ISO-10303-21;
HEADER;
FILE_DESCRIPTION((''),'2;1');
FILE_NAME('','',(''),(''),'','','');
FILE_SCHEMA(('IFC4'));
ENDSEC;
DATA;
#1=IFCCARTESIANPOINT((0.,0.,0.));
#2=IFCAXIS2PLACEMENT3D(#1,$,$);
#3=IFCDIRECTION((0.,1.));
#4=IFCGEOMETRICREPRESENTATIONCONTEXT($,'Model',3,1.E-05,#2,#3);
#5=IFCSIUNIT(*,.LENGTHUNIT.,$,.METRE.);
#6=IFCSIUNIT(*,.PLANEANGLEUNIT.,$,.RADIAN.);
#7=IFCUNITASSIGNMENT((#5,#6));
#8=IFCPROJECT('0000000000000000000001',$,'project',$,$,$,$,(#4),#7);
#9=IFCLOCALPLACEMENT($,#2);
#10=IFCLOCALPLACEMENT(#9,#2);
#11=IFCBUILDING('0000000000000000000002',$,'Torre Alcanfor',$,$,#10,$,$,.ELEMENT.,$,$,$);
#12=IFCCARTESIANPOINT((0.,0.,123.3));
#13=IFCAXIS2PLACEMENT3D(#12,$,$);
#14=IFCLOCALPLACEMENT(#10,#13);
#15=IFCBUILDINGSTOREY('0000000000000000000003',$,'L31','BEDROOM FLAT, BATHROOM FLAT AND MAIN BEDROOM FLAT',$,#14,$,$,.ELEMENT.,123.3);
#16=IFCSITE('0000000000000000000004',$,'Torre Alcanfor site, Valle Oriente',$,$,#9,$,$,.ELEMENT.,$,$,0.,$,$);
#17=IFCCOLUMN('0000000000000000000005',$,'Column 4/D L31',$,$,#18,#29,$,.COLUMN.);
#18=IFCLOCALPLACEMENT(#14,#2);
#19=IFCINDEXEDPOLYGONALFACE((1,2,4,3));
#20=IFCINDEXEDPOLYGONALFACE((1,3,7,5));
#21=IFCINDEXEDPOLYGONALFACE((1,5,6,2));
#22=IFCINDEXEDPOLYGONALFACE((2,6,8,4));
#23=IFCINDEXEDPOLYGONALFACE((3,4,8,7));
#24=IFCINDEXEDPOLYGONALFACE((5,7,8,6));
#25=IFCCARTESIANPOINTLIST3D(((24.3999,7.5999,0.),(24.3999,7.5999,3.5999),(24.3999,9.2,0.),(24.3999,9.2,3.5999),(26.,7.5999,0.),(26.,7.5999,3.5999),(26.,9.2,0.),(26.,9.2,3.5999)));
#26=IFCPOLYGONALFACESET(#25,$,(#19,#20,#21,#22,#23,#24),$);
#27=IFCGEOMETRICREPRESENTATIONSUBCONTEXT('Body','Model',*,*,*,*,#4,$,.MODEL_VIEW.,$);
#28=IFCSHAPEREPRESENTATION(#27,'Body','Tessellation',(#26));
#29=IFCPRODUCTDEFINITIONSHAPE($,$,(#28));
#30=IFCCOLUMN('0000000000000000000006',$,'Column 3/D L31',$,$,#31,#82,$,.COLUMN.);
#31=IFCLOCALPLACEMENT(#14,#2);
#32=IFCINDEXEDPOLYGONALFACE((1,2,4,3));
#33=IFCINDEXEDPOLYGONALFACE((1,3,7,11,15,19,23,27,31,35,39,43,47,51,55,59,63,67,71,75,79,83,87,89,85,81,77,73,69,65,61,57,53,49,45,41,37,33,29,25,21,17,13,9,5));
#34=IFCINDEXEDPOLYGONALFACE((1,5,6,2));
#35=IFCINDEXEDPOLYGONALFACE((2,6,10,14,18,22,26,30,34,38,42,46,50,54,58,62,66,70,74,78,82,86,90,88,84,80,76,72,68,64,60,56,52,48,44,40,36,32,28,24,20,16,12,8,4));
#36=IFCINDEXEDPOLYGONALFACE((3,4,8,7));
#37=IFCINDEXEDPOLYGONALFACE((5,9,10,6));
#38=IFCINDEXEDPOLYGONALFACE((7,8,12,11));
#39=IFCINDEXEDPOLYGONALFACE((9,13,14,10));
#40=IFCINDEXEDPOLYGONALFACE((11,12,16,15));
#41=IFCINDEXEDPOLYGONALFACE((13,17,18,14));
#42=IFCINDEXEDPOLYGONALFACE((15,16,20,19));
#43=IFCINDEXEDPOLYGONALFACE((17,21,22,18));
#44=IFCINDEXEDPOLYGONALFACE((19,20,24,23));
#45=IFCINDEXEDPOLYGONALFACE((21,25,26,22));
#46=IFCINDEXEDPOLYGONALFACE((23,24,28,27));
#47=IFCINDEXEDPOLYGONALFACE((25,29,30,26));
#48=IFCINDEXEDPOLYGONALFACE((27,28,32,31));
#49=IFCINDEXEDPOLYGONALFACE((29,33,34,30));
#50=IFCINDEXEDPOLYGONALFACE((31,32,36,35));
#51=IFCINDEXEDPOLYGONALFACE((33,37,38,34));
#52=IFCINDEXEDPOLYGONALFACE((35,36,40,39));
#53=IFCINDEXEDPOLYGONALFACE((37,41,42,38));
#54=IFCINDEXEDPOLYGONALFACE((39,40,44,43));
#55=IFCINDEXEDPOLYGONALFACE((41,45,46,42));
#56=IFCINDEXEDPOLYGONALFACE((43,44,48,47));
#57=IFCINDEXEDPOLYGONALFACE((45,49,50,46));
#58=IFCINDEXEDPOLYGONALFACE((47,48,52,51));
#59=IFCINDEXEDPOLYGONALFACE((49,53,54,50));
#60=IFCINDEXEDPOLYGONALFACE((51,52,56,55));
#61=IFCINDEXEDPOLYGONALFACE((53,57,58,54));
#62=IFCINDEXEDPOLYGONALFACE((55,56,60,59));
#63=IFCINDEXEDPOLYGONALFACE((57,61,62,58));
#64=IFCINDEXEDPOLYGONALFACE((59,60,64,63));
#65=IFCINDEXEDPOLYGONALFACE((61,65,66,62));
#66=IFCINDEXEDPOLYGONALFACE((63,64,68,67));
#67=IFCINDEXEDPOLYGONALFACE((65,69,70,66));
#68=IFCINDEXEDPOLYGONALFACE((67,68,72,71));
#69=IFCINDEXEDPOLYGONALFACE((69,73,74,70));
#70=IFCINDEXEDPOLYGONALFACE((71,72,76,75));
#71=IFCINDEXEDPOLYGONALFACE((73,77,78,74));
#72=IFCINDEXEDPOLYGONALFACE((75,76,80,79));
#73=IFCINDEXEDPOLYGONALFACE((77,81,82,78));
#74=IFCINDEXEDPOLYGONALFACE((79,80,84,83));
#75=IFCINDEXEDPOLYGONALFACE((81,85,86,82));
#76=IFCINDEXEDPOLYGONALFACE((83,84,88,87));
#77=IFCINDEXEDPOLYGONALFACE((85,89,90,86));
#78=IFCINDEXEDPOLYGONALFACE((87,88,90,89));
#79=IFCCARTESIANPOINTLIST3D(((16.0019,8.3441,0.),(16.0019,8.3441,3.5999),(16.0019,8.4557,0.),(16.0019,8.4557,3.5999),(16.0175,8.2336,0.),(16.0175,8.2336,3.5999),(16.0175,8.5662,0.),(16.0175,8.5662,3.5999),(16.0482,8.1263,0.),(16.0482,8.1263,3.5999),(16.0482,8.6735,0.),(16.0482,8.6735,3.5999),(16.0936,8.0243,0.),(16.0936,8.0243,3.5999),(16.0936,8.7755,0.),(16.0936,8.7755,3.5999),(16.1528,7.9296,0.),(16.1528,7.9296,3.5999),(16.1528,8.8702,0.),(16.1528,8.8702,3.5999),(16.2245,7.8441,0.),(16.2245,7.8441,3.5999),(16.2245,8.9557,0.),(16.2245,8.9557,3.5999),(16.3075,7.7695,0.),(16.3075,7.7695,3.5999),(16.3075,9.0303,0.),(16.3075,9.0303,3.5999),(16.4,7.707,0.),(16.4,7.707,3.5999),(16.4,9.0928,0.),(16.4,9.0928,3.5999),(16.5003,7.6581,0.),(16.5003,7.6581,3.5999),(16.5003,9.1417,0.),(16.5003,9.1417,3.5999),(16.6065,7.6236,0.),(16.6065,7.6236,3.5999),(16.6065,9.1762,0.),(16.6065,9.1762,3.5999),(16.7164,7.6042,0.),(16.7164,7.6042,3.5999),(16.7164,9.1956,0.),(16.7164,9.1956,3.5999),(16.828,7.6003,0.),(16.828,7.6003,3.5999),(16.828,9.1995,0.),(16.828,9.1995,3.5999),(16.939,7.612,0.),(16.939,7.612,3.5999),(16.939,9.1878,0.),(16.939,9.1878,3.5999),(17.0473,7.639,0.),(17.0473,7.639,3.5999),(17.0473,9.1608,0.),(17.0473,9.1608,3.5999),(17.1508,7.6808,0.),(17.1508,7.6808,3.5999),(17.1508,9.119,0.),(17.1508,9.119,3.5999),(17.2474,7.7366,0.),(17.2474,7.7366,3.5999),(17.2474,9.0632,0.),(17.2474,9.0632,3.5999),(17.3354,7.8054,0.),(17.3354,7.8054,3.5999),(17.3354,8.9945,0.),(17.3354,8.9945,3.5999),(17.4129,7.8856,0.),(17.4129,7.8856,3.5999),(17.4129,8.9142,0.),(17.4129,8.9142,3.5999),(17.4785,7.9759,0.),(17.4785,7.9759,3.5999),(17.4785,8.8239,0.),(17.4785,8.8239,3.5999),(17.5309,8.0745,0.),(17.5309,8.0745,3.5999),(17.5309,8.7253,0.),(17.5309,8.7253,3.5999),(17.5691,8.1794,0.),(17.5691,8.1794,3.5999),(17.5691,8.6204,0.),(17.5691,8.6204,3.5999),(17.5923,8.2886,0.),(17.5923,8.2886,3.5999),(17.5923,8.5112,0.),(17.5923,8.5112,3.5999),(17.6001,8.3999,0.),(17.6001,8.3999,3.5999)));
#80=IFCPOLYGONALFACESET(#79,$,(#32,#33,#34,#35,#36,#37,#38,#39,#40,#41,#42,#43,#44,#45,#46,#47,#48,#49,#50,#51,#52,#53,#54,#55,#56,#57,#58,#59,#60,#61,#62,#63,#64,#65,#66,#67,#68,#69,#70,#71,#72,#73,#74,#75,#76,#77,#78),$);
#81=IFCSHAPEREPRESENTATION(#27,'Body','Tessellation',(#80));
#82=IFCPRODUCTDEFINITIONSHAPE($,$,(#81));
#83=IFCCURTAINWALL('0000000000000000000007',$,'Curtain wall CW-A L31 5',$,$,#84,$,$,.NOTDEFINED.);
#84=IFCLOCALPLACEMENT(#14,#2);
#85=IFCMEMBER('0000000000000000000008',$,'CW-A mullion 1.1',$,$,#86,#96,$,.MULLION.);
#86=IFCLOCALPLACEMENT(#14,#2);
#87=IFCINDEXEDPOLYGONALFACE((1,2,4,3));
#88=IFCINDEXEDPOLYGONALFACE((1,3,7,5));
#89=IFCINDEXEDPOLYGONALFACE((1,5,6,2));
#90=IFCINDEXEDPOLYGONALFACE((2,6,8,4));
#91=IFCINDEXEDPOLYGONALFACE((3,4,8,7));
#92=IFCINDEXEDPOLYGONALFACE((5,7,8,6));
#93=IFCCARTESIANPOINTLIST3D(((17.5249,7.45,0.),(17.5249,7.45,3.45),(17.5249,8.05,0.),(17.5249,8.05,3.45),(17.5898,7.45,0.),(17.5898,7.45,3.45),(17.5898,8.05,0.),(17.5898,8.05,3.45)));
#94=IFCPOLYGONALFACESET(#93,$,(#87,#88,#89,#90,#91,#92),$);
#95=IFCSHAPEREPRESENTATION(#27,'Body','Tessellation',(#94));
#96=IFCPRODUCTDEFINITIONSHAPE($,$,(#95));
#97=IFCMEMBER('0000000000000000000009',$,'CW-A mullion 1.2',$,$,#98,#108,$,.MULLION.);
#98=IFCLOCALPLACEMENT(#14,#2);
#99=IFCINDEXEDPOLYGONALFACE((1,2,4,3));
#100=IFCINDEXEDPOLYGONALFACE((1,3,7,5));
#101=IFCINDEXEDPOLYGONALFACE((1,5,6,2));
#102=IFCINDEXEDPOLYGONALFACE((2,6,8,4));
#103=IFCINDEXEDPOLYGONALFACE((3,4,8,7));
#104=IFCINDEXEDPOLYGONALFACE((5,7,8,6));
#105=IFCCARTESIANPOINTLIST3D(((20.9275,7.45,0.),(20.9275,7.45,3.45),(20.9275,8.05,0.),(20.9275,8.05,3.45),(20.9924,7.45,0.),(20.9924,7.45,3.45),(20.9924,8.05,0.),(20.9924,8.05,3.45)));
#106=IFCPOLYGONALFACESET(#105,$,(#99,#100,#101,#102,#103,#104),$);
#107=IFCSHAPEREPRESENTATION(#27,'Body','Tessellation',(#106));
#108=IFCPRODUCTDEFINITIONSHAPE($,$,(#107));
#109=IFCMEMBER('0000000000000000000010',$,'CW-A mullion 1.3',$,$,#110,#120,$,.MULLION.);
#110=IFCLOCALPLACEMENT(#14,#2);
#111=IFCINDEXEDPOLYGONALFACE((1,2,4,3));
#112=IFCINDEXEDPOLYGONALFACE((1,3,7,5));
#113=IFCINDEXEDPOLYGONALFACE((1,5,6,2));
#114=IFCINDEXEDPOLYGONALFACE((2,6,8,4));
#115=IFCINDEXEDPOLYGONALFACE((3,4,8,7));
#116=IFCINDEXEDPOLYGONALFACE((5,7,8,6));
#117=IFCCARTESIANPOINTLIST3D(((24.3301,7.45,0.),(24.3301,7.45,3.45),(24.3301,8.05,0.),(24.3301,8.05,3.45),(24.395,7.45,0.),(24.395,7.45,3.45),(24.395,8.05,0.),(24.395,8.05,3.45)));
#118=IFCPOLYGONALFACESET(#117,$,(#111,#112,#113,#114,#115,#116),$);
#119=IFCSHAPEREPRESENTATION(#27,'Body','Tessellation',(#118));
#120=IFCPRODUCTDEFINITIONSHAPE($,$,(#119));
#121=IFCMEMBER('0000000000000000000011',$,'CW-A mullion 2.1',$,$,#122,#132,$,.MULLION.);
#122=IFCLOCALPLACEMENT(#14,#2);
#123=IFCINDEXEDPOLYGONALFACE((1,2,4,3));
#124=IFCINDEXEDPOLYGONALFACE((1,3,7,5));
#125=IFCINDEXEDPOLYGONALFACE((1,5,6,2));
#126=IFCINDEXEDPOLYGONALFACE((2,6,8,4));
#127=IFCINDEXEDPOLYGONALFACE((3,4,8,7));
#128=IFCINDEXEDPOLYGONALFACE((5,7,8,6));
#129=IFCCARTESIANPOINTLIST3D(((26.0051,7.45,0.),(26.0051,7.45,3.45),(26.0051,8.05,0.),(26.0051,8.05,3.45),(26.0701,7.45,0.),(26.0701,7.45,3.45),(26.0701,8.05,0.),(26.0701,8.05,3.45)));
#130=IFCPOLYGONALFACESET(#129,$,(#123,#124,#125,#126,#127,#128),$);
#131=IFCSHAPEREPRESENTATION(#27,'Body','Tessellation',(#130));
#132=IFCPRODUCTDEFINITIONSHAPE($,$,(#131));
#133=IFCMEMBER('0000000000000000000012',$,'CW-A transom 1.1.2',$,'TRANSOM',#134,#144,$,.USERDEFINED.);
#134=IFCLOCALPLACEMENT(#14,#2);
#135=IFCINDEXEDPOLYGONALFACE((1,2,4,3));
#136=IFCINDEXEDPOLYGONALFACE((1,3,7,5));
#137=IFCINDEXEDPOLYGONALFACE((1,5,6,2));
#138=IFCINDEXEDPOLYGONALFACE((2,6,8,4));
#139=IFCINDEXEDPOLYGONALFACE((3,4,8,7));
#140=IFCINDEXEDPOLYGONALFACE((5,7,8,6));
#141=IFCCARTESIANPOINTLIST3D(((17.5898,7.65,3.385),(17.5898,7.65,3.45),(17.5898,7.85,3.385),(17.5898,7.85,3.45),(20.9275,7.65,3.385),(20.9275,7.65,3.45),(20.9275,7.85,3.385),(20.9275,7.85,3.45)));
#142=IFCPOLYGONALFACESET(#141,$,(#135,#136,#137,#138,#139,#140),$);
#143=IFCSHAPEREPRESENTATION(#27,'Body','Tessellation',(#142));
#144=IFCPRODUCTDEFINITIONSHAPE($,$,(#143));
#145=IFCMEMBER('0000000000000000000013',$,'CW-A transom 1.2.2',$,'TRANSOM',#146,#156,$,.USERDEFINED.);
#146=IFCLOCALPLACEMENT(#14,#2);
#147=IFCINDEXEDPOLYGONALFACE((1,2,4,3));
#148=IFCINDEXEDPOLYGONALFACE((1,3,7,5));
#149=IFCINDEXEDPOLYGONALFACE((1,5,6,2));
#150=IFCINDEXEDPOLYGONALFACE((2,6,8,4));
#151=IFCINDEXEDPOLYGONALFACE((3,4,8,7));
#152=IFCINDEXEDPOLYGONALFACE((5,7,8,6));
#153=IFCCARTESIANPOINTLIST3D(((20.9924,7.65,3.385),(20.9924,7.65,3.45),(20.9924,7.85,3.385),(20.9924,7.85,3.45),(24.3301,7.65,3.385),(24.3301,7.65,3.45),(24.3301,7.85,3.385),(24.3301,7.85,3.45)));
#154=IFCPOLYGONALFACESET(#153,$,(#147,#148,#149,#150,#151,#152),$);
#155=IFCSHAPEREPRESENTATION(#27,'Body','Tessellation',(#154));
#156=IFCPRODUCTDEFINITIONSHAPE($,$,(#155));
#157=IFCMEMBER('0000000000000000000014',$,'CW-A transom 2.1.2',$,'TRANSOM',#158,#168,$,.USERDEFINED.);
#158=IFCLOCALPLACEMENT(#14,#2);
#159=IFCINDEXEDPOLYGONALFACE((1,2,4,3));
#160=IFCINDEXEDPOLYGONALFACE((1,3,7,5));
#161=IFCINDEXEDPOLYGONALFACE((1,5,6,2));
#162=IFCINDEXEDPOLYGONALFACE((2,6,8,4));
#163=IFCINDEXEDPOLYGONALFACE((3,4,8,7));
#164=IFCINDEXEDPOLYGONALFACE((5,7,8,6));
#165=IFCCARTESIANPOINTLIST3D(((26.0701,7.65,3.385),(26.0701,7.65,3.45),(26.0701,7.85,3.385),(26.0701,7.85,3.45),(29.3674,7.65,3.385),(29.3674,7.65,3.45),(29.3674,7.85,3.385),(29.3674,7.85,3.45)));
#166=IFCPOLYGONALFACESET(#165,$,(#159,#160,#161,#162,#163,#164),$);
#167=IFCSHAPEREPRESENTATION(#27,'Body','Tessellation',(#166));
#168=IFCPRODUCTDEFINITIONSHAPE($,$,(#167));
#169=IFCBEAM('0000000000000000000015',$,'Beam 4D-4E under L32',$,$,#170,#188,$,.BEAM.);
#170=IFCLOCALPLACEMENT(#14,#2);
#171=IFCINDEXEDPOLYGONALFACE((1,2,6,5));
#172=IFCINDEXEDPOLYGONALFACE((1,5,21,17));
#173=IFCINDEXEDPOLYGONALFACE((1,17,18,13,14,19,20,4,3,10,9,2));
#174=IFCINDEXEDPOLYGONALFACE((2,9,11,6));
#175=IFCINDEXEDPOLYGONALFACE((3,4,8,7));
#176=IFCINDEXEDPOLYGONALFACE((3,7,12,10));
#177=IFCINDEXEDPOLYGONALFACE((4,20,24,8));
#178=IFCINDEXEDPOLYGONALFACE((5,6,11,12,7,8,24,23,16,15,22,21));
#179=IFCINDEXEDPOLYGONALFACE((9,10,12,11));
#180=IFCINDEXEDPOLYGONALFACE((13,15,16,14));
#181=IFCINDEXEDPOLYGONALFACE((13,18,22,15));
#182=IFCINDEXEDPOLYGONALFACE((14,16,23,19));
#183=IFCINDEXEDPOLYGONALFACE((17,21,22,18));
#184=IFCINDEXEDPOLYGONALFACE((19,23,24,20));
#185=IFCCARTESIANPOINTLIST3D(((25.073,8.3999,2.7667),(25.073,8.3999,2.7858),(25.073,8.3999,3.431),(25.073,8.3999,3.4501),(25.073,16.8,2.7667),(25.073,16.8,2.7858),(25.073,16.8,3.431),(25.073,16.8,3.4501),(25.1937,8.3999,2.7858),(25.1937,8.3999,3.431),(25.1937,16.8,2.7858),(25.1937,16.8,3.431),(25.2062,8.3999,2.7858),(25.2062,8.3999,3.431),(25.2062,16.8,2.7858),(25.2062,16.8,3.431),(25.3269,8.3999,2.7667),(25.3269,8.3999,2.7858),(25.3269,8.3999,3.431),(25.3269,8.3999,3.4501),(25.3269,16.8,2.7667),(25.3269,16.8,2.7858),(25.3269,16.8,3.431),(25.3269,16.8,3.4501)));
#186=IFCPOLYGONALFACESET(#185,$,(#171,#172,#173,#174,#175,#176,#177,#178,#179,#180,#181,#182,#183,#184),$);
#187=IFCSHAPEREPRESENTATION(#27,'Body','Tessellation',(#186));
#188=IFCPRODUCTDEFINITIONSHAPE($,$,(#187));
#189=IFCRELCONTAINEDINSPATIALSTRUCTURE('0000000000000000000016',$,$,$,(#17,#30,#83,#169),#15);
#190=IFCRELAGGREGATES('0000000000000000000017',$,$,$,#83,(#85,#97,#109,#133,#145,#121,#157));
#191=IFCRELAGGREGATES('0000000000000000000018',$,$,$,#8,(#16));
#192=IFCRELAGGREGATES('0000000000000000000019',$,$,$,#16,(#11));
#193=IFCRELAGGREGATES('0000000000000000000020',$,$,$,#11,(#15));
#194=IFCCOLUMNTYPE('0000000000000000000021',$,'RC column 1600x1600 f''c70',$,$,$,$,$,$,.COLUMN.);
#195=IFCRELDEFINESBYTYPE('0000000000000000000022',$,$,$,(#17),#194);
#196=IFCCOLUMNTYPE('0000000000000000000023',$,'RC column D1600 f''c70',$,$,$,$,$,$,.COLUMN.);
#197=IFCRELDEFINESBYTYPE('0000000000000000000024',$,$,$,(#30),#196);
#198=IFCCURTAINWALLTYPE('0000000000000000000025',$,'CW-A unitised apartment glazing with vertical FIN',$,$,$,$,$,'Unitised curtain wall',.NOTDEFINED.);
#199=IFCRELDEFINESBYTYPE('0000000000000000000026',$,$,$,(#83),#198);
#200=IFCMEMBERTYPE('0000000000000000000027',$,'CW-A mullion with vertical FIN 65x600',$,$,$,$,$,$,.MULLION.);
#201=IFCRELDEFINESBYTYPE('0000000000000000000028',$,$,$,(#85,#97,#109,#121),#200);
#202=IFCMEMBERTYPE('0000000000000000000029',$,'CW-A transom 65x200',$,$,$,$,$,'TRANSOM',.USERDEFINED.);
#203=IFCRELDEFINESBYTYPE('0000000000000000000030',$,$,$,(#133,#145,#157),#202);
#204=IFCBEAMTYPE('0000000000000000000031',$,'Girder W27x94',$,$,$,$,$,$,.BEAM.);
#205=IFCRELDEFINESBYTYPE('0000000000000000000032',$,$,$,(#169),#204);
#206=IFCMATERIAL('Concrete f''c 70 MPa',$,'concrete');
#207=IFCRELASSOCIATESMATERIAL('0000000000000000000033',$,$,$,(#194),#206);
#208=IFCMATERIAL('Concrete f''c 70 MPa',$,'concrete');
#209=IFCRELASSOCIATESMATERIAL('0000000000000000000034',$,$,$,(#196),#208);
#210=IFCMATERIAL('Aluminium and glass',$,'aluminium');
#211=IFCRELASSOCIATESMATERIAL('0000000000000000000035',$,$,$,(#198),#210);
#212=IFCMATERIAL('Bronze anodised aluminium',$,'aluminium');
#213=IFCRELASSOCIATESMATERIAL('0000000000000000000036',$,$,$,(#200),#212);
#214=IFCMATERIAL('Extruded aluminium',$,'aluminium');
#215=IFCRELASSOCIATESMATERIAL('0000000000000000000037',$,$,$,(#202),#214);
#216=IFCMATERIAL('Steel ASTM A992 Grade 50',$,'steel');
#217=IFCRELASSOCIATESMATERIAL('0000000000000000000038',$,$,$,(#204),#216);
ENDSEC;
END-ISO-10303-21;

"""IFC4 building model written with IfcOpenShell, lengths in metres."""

from ifc_helpers import new_model, si_unit, direction, frame, origin, origin_2d, place, context, subcontext, project, spatial, rectangle, circle, i_section, extrude, material, material_profile, profile_set, type_object, element, aggregate, save


model = new_model("IFC4")

# Units and contexts
model_context = context("Model", 3, precision=1e-05, world=origin(), true_north=direction((0.0, 1.0)))
body_context = subcontext(model_context, "Body", "Model", "MODEL_VIEW")
ifc_project = project(units=[si_unit("LENGTHUNIT", "METRE"), si_unit("PLANEANGLEUNIT", "RADIAN")], contexts=[model_context])

# Site, building, storey
site_placement = place(None, origin())
site = spatial("IfcSite", under=ifc_project, at=site_placement, Name="Torre Alcanfor site, Valle Oriente", CompositionType="ELEMENT", RefElevation=0.0)
building_placement = place(site_placement, origin())
building = spatial("IfcBuilding", under=site, at=building_placement, Name="Torre Alcanfor", CompositionType="ELEMENT")
storey_placement = place(building_placement, frame((0.0, 0.0, 123.3)))
storey = spatial("IfcBuildingStorey", under=building, at=storey_placement, Name="L31", Description="BEDROOM FLAT, BATHROOM FLAT AND MAIN BEDROOM FLAT", CompositionType="ELEMENT", Elevation=123.3)

# Columns
ifc_material_1 = material(Name="Concrete f'c 70 MPa", Category="concrete")
ifc_material_profile_1 = material_profile(ifc_material_1, rectangle(XDim=1.6001, YDim=1.6001, at=origin_2d()), Name="1600x1600")
ifc_profile_set_1 = profile_set([ifc_material_profile_1], Name="Concrete f'c 70 MPa")
column_type_1 = type_object("IfcColumnType", Name="RC column 1600x1600 f'c70", PredefinedType="COLUMN", material=ifc_profile_set_1)
column_1_placement = place(storey_placement, frame((25.2, 8.3999, 0.0), z_axis=(0.0, 0.0, 1.0), x_axis=(1.0, 0.0, 0.0)))
element("IfcColumn", 1, at=column_1_placement, inside=storey, type_object=column_type_1, Name="Column 4/D L31", PredefinedType="COLUMN", context=body_context, shape_type="SweptSolid", body=[
    extrude(rectangle(XDim=1.6001, YDim=1.6001, at=origin_2d()), origin(), (0.0, 0.0, 1.0), 3.5999),
])
ifc_material_2 = material(Name="Concrete f'c 70 MPa", Category="concrete")
ifc_material_profile_2 = material_profile(ifc_material_2, circle(Radius=0.8, at=origin_2d()), Name="D1600")
ifc_profile_set_2 = profile_set([ifc_material_profile_2], Name="Concrete f'c 70 MPa")
column_type_2 = type_object("IfcColumnType", Name="RC column D1600 f'c70", PredefinedType="COLUMN", material=ifc_profile_set_2)
column_2_placement = place(storey_placement, frame((16.8, 8.3999, 0.0), z_axis=(0.0, 0.0, 1.0), x_axis=(1.0, 0.0, 0.0)))
element("IfcColumn", 2, at=column_2_placement, inside=storey, type_object=column_type_2, Name="Column 3/D L31", PredefinedType="COLUMN", context=body_context, shape_type="SweptSolid", body=[
    extrude(circle(Radius=0.8, at=origin_2d()), origin(), (0.0, 0.0, 1.0), 3.5999),
])

# Curtain wall, members
ifc_material_3 = material(Name="Aluminium and glass", Category="aluminium")
curtain_wall_type = type_object("IfcCurtainWallType", Name="CW-A unitised apartment glazing with vertical FIN", ElementType="Unitised curtain wall", PredefinedType="NOTDEFINED", material=ifc_material_3)
curtain_wall_placement = place(storey_placement, origin())
curtain_wall = element("IfcCurtainWall", 3, at=curtain_wall_placement, inside=storey, type_object=curtain_wall_type, Name="Curtain wall CW-A L31 5", PredefinedType="NOTDEFINED")
ifc_material_4 = material(Name="Bronze anodised aluminium", Category="aluminium")
ifc_material_profile_3 = material_profile(ifc_material_4, rectangle(XDim=0.6001, YDim=0.0649, at=origin_2d()), Name="CW-A mullion 65x600")
ifc_profile_set_3 = profile_set([ifc_material_profile_3], Name="Bronze anodised aluminium")
member_type_1 = type_object("IfcMemberType", Name="CW-A mullion with vertical FIN 65x600", PredefinedType="MULLION", material=ifc_profile_set_3)
member_1_placement = place(storey_placement, frame((17.5574, 7.75, 0.0), z_axis=(0.0, 0.0, 1.0), x_axis=(0.0, 1.0, 0.0)))
member_1 = element("IfcMember", 4, at=member_1_placement, type_object=member_type_1, Name="CW-A mullion 1.1", PredefinedType="MULLION", context=body_context, shape_type="SweptSolid", body=[
    extrude(rectangle(XDim=0.6001, YDim=0.0649, at=origin_2d()), origin(), (0.0, 0.0, 1.0), 3.45),
])
member_2_placement = place(storey_placement, frame((20.96, 7.75, 0.0), z_axis=(0.0, 0.0, 1.0), x_axis=(0.0, 1.0, 0.0)))
member_2 = element("IfcMember", 5, at=member_2_placement, type_object=member_type_1, Name="CW-A mullion 1.2", PredefinedType="MULLION", context=body_context, shape_type="SweptSolid", body=[
    extrude(rectangle(XDim=0.6001, YDim=0.0649, at=origin_2d()), origin(), (0.0, 0.0, 1.0), 3.45),
])
member_3_placement = place(storey_placement, frame((24.3625, 7.75, 0.0), z_axis=(0.0, 0.0, 1.0), x_axis=(0.0, 1.0, 0.0)))
member_3 = element("IfcMember", 6, at=member_3_placement, type_object=member_type_1, Name="CW-A mullion 1.3", PredefinedType="MULLION", context=body_context, shape_type="SweptSolid", body=[
    extrude(rectangle(XDim=0.6001, YDim=0.0649, at=origin_2d()), origin(), (0.0, 0.0, 1.0), 3.45),
])
member_4_placement = place(storey_placement, frame((26.0376, 7.75, 0.0), z_axis=(0.0, 0.0, 1.0), x_axis=(0.0, 1.0, 0.0)))
member_4 = element("IfcMember", 7, at=member_4_placement, type_object=member_type_1, Name="CW-A mullion 2.1", PredefinedType="MULLION", context=body_context, shape_type="SweptSolid", body=[
    extrude(rectangle(XDim=0.6001, YDim=0.0649, at=origin_2d()), origin(), (0.0, 0.0, 1.0), 3.45),
])
ifc_material_5 = material(Name="Extruded aluminium", Category="aluminium")
ifc_material_profile_4 = material_profile(ifc_material_5, rectangle(XDim=0.2, YDim=0.0649, at=origin_2d()), Name="CW-A transom 200x65")
ifc_profile_set_4 = profile_set([ifc_material_profile_4], Name="Extruded aluminium")
member_type_2 = type_object("IfcMemberType", Name="CW-A transom 65x200", ElementType="TRANSOM", PredefinedType="USERDEFINED", material=ifc_profile_set_4)
member_5_placement = place(storey_placement, frame((17.5898, 7.75, 3.4175), z_axis=(1.0, 0.0, 0.0), x_axis=(0.0, 1.0, 0.0)))
member_5 = element("IfcMember", 8, at=member_5_placement, type_object=member_type_2, Name="CW-A transom 1.1.2", ObjectType="TRANSOM", PredefinedType="USERDEFINED", context=body_context, shape_type="SweptSolid", body=[
    extrude(rectangle(XDim=0.2, YDim=0.0649, at=origin_2d()), origin(), (0.0, 0.0, 1.0), 3.3376),
])
member_6_placement = place(storey_placement, frame((20.9924, 7.75, 3.4175), z_axis=(1.0, 0.0, 0.0), x_axis=(0.0, 1.0, 0.0)))
member_6 = element("IfcMember", 9, at=member_6_placement, type_object=member_type_2, Name="CW-A transom 1.2.2", ObjectType="TRANSOM", PredefinedType="USERDEFINED", context=body_context, shape_type="SweptSolid", body=[
    extrude(rectangle(XDim=0.2, YDim=0.0649, at=origin_2d()), origin(), (0.0, 0.0, 1.0), 3.3376),
])
member_7_placement = place(storey_placement, frame((26.0701, 7.75, 3.4175), z_axis=(1.0, 0.0, 0.0), x_axis=(0.0, 1.0, 0.0)))
member_7 = element("IfcMember", 10, at=member_7_placement, type_object=member_type_2, Name="CW-A transom 2.1.2", ObjectType="TRANSOM", PredefinedType="USERDEFINED", context=body_context, shape_type="SweptSolid", body=[
    extrude(rectangle(XDim=0.2, YDim=0.0649, at=origin_2d()), origin(), (0.0, 0.0, 1.0), 3.2974),
])

# Beam
ifc_material_6 = material(Name="Steel ASTM A992 Grade 50", Category="steel")
ifc_material_profile_5 = material_profile(ifc_material_6, i_section(OverallWidth=0.2539, OverallDepth=0.6833, WebThickness=0.0125, FlangeThickness=0.019, at=origin_2d()), Name="W27x94")
ifc_profile_set_5 = profile_set([ifc_material_profile_5], Name="Steel ASTM A992 Grade 50")
beam_type_1 = type_object("IfcBeamType", Name="Girder W27x94", PredefinedType="BEAM", material=ifc_profile_set_5)
beam_1_placement = place(storey_placement, frame((25.2, 8.3999, 3.1084), z_axis=(0.0, 1.0, 0.0), x_axis=(-1.0, 0.0, 0.0)))
element("IfcBeam", 11, at=beam_1_placement, inside=storey, type_object=beam_type_1, Name="Beam 4D-4E under L32", PredefinedType="BEAM", context=body_context, shape_type="SweptSolid", body=[
    extrude(i_section(OverallWidth=0.2539, OverallDepth=0.6833, WebThickness=0.0125, FlangeThickness=0.019, at=origin_2d()), origin(), (0.0, 0.0, 1.0), 8.4001),
])

aggregate(curtain_wall, [member_1, member_2, member_3, member_5, member_6, member_4, member_7])

save(model, "model.ifc")
